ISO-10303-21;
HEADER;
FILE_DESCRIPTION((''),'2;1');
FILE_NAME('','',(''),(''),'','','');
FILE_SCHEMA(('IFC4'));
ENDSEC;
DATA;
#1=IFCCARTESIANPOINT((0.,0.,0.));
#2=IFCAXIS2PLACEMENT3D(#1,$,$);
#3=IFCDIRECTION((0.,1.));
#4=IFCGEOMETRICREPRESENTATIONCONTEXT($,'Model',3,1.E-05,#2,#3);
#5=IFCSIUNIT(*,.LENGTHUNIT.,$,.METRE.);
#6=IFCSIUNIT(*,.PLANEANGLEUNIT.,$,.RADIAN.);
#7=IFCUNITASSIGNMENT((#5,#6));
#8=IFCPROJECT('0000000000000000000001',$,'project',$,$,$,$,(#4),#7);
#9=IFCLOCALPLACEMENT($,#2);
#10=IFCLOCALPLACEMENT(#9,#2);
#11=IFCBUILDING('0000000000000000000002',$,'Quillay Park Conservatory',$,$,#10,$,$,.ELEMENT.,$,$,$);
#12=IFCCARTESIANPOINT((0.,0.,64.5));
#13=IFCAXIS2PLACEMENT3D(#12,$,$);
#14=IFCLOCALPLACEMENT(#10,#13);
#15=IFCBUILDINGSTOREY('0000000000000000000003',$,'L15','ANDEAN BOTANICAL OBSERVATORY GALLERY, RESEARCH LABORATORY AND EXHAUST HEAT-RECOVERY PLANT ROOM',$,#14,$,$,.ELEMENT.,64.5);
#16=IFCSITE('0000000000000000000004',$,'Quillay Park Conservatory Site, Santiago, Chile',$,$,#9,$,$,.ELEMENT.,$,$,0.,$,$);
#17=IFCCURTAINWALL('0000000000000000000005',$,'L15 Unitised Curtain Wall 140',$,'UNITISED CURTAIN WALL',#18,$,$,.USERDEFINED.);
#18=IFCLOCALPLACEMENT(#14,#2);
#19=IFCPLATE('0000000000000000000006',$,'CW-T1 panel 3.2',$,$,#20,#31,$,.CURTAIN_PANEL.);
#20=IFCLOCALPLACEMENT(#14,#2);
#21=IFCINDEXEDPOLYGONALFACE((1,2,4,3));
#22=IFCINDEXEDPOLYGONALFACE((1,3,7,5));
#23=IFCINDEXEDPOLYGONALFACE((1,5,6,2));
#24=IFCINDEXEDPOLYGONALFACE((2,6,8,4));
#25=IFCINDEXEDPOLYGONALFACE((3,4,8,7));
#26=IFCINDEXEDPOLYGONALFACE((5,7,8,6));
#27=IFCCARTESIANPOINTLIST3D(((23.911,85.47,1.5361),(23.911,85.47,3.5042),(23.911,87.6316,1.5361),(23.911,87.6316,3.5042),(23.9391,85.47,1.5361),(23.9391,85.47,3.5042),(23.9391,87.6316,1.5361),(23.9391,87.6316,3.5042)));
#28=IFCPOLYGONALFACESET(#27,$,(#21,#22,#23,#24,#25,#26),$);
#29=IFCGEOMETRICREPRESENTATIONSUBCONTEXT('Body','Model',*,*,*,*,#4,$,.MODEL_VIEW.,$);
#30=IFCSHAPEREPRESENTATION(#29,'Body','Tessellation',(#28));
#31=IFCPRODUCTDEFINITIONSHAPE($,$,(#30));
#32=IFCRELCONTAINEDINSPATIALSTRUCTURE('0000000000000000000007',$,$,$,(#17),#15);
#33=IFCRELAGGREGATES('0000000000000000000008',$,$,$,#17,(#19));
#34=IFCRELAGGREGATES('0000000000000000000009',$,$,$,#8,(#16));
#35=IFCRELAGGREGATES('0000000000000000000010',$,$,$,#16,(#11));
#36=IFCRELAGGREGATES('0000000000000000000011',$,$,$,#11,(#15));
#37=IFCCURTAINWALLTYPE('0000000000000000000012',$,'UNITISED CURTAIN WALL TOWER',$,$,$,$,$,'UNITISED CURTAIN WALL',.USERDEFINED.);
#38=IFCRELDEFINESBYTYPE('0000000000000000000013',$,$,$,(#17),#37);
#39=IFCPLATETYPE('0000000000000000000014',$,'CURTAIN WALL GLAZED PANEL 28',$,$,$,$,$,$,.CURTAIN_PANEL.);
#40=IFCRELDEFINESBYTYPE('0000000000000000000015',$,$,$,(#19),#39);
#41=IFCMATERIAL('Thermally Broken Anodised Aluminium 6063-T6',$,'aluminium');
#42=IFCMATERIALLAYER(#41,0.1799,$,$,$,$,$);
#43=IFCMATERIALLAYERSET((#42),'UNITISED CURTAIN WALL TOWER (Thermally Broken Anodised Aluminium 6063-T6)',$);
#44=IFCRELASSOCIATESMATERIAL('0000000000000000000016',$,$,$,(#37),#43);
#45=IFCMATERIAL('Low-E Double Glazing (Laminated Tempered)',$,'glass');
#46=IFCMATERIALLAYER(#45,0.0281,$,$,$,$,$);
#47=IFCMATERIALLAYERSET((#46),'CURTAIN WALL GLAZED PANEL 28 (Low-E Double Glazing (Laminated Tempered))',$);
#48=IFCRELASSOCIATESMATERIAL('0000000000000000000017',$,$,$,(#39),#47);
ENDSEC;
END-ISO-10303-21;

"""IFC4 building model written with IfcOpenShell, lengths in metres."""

from ifc_helpers import new_model, si_unit, direction, frame, origin, origin_2d, place, context, subcontext, project, spatial, rectangle, extrude, material, layer, layer_set, type_object, element, aggregate, save


model = new_model("IFC4")

# Units and contexts
model_context = context("Model", 3, precision=1e-05, world=origin(), true_north=direction((0.0, 1.0)))
body_context = subcontext(model_context, "Body", "Model", "MODEL_VIEW")
ifc_project = project(units=[si_unit("LENGTHUNIT", "METRE"), si_unit("PLANEANGLEUNIT", "RADIAN")], contexts=[model_context])

# Site, building, storey
site_placement = place(None, origin())
site = spatial("IfcSite", under=ifc_project, at=site_placement, Name="Quillay Park Conservatory Site, Santiago, Chile", CompositionType="ELEMENT", RefElevation=0.0)
building_placement = place(site_placement, origin())
building = spatial("IfcBuilding", under=site, at=building_placement, Name="Quillay Park Conservatory", CompositionType="ELEMENT")
storey_placement = place(building_placement, frame((0.0, 0.0, 64.5)))
storey = spatial("IfcBuildingStorey", under=building, at=storey_placement, Name="L15", Description="ANDEAN BOTANICAL OBSERVATORY GALLERY, RESEARCH LABORATORY AND EXHAUST HEAT-RECOVERY PLANT ROOM", CompositionType="ELEMENT", Elevation=64.5)

# Shared definitions
ifc_material_1 = material(Name="Thermally Broken Anodised Aluminium 6063-T6", Category="aluminium")
ifc_layer_1 = layer(ifc_material_1, 0.1799)
ifc_layer_set_1 = layer_set([ifc_layer_1], Name="UNITISED CURTAIN WALL TOWER (Thermally Broken Anodised Aluminium 6063-T6)")
curtain_wall_type = type_object("IfcCurtainWallType", Name="UNITISED CURTAIN WALL TOWER", ElementType="UNITISED CURTAIN WALL", PredefinedType="USERDEFINED", material=ifc_layer_set_1)

# Curtain wall
curtain_wall_1_placement = place(storey_placement, origin())
curtain_wall_1 = element("IfcCurtainWall", 1, at=curtain_wall_1_placement, inside=storey, type_object=curtain_wall_type, Name="L15 Unitised Curtain Wall 140", ObjectType="UNITISED CURTAIN WALL", PredefinedType="USERDEFINED")

# Plate
ifc_material_2 = material(Name="Low-E Double Glazing (Laminated Tempered)", Category="glass")
ifc_layer_2 = layer(ifc_material_2, 0.0281)
ifc_layer_set_2 = layer_set([ifc_layer_2], Name="CURTAIN WALL GLAZED PANEL 28 (Low-E Double Glazing (Laminated Tempered))")
plate_type = type_object("IfcPlateType", Name="CURTAIN WALL GLAZED PANEL 28", PredefinedType="CURTAIN_PANEL", material=ifc_layer_set_2)
plate_1_placement = place(storey_placement, frame((23.925, 86.5508, 1.5361), z_axis=(0.0, 0.0, 1.0), x_axis=(0.0, -1.0, 0.0)))
plate_1 = element("IfcPlate", 2, at=plate_1_placement, type_object=plate_type, Name="CW-T1 panel 3.2", PredefinedType="CURTAIN_PANEL", context=body_context, shape_type="SweptSolid", body=[
    extrude(rectangle(XDim=2.1616, YDim=0.0281, at=origin_2d()), origin(), (0.0, 0.0, 1.0), 1.968),
])
aggregate(curtain_wall_1, [plate_1])

save(model, "model.ifc")
